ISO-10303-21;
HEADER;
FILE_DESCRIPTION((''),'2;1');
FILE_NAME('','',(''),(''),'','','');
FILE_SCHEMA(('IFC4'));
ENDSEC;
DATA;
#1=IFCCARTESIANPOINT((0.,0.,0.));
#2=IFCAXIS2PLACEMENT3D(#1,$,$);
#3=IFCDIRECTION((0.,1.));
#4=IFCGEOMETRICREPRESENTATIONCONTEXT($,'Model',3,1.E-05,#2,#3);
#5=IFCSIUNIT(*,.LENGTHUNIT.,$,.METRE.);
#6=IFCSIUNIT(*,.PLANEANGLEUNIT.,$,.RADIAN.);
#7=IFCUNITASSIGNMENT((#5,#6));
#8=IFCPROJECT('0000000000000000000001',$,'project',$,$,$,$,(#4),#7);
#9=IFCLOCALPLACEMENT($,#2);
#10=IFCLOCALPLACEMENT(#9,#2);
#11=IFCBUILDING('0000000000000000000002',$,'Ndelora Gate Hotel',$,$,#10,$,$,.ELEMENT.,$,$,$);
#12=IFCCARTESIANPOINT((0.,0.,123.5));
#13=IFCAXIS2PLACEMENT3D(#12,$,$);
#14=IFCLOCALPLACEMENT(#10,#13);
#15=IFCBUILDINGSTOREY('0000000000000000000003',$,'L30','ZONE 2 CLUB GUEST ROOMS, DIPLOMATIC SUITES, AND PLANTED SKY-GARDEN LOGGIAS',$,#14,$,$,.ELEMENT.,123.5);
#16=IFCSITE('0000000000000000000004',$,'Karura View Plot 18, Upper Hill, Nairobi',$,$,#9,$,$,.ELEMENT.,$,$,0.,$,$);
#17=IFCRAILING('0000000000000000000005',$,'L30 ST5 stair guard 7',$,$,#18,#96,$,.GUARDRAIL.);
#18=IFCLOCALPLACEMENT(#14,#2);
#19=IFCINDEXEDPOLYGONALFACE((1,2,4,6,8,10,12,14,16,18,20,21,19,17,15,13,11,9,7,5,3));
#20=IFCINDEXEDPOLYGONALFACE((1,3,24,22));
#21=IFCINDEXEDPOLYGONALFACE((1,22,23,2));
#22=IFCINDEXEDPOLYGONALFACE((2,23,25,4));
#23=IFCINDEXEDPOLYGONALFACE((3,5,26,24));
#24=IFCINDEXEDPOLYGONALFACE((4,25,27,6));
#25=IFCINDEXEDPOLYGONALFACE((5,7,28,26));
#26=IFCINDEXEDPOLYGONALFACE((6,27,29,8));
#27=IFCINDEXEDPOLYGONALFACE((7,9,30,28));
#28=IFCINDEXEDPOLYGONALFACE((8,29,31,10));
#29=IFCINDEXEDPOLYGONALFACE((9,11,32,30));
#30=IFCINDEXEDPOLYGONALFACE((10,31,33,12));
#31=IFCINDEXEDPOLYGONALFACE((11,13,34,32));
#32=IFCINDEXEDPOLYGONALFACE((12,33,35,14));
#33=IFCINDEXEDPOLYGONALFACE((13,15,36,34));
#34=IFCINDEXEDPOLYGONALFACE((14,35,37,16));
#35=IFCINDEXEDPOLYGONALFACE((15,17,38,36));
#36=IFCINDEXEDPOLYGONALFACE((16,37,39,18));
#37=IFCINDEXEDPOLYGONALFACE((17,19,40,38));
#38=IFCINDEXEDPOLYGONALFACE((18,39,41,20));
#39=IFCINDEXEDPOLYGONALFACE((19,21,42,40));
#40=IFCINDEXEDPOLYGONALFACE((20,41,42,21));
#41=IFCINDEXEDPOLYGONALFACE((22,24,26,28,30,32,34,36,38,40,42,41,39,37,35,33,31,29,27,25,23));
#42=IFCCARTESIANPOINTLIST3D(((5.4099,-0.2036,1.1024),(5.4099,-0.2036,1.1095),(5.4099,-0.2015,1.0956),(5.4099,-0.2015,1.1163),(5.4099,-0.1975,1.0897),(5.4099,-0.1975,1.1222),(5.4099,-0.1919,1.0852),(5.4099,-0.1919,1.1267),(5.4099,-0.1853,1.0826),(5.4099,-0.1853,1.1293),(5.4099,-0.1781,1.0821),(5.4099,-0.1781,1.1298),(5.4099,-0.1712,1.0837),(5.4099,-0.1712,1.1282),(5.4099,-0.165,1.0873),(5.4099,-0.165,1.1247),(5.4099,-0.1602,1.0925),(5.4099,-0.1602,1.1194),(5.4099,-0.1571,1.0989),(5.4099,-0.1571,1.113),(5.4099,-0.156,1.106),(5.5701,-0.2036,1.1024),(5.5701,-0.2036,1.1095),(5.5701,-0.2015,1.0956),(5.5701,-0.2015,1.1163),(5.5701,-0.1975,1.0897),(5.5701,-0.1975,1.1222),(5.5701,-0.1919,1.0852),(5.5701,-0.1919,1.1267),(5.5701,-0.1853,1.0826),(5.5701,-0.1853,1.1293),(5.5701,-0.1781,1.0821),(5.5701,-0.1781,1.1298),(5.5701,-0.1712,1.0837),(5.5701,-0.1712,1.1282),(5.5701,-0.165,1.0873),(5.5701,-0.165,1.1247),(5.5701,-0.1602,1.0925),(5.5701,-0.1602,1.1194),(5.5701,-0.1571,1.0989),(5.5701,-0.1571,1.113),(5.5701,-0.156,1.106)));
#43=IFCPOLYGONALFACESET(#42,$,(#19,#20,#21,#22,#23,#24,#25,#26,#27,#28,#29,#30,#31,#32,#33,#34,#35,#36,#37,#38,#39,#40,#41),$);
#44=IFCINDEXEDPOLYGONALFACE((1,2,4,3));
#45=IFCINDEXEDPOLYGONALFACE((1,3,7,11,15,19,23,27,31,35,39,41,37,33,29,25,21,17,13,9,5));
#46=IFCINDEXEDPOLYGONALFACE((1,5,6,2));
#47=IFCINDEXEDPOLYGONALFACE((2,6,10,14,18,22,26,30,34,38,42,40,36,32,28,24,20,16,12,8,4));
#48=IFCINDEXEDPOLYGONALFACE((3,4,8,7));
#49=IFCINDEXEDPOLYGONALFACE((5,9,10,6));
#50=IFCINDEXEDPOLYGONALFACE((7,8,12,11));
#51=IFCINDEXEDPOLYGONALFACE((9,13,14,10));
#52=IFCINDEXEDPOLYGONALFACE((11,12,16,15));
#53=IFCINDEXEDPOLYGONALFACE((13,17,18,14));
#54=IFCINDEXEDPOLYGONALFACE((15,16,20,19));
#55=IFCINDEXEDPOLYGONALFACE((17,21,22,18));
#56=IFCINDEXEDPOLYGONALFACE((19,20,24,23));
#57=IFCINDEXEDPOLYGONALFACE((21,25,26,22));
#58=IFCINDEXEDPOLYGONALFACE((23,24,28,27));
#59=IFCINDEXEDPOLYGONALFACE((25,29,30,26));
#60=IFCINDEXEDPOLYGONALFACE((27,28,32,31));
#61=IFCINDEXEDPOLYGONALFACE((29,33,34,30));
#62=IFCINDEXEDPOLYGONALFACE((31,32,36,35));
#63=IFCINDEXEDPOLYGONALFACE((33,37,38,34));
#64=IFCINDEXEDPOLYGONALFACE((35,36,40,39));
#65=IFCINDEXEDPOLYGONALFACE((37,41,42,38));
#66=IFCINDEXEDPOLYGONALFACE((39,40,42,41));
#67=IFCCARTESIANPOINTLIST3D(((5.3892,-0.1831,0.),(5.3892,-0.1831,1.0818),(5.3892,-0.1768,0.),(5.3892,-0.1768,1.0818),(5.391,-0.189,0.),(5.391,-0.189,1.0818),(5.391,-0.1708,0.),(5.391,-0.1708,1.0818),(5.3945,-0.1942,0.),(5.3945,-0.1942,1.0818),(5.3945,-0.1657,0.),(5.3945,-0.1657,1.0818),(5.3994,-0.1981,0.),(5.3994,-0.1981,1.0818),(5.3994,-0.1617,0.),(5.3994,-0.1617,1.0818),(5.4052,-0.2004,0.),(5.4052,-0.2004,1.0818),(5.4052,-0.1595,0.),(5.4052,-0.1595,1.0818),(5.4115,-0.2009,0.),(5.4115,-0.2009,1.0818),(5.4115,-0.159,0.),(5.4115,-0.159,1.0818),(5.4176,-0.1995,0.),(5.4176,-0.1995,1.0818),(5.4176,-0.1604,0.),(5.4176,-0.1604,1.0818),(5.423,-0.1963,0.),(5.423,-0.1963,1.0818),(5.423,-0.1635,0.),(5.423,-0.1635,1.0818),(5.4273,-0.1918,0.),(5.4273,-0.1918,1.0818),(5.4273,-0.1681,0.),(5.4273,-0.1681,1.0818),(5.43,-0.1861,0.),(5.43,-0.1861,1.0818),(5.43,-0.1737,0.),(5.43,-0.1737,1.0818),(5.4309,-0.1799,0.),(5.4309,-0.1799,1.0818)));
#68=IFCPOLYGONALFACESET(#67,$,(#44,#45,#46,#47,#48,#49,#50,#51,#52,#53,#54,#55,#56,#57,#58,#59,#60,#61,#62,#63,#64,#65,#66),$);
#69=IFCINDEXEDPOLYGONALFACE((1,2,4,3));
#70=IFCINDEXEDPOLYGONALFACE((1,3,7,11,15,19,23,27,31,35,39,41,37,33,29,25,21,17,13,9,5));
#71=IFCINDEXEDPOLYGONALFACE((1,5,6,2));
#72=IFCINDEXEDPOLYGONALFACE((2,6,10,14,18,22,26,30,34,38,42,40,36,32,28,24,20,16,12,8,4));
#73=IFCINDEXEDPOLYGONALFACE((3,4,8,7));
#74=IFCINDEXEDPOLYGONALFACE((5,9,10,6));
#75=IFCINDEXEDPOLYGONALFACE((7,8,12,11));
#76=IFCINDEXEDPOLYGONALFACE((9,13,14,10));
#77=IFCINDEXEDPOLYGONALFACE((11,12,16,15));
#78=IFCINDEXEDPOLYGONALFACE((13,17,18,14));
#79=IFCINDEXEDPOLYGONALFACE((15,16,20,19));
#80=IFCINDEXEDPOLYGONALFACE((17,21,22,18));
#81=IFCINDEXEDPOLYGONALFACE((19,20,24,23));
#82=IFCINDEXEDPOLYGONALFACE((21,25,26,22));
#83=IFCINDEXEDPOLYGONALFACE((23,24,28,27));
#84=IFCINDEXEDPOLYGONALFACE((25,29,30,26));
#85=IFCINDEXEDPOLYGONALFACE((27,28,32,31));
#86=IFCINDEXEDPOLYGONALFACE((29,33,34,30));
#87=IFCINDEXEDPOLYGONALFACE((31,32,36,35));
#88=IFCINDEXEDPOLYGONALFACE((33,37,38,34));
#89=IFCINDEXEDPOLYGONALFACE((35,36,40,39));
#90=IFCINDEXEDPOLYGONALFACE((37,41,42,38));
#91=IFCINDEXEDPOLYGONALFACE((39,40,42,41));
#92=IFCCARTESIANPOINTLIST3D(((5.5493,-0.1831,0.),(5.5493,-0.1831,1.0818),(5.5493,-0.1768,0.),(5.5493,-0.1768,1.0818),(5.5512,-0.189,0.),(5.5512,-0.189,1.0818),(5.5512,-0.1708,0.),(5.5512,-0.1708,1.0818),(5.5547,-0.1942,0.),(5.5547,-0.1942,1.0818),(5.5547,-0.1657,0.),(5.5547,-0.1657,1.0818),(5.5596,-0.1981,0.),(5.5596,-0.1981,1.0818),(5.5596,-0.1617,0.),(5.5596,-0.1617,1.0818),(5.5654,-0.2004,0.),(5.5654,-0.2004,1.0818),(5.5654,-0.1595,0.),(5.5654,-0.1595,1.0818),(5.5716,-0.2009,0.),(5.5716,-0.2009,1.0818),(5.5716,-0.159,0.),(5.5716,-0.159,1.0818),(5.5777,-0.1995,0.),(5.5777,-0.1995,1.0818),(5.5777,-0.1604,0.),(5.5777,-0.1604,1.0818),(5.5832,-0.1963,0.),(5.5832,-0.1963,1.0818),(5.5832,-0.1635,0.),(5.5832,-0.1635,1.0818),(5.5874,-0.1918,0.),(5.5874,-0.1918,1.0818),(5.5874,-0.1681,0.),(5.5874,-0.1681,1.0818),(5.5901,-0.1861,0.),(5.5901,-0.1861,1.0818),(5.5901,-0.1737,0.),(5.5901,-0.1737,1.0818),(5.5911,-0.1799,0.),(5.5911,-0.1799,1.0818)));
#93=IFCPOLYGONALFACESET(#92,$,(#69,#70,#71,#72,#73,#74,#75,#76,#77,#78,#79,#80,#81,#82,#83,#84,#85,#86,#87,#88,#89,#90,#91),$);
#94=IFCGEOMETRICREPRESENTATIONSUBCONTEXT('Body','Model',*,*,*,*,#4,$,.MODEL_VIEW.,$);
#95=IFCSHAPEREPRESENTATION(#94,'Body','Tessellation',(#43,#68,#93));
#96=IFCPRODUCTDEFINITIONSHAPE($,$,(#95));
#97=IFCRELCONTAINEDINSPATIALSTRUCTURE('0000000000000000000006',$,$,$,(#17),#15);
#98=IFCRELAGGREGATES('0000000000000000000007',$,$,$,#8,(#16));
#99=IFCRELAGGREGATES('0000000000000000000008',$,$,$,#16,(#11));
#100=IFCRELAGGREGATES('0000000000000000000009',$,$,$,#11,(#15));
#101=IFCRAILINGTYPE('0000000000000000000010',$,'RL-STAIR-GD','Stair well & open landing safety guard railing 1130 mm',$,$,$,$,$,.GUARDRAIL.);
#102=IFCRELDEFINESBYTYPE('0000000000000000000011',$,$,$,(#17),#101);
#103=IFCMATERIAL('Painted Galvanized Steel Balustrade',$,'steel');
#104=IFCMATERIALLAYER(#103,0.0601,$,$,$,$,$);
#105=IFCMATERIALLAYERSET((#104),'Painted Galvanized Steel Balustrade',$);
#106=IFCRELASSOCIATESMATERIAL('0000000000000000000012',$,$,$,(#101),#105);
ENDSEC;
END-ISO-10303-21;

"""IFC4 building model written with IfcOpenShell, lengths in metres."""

from ifc_helpers import new_model, si_unit, direction, frame, origin, origin_2d, place, context, subcontext, project, spatial, circle, extrude, material, layer, layer_set, type_object, element, save


model = new_model("IFC4")

# Units and contexts
model_context = context("Model", 3, precision=1e-05, world=origin(), true_north=direction((0.0, 1.0)))
body_context = subcontext(model_context, "Body", "Model", "MODEL_VIEW")
ifc_project = project(units=[si_unit("LENGTHUNIT", "METRE"), si_unit("PLANEANGLEUNIT", "RADIAN")], contexts=[model_context])

# Site, building, storey
site_placement = place(None, origin())
site = spatial("IfcSite", under=ifc_project, at=site_placement, Name="Karura View Plot 18, Upper Hill, Nairobi", CompositionType="ELEMENT", RefElevation=0.0)
building_placement = place(site_placement, origin())
building = spatial("IfcBuilding", under=site, at=building_placement, Name="Ndelora Gate Hotel", CompositionType="ELEMENT")
storey_placement = place(building_placement, frame((0.0, 0.0, 123.5)))
storey = spatial("IfcBuildingStorey", under=building, at=storey_placement, Name="L30", Description="ZONE 2 CLUB GUEST ROOMS, DIPLOMATIC SUITES, AND PLANTED SKY-GARDEN LOGGIAS", CompositionType="ELEMENT", Elevation=123.5)

# Railing
ifc_material_1 = material(Name="Painted Galvanized Steel Balustrade", Category="steel")
ifc_layer_1 = layer(ifc_material_1, 0.0601)
ifc_layer_set_1 = layer_set([ifc_layer_1], Name="Painted Galvanized Steel Balustrade")
railing_type_1 = type_object("IfcRailingType", Name="RL-STAIR-GD", Description="Stair well & open landing safety guard railing 1130 mm", PredefinedType="GUARDRAIL", material=ifc_layer_set_1)
railing_1_placement = place(storey_placement, frame((5.4099, -0.1799, 0.0)))
element("IfcRailing", 1, at=railing_1_placement, inside=storey, type_object=railing_type_1, Name="L30 ST5 stair guard 7", PredefinedType="GUARDRAIL", context=body_context, shape_type="SweptSolid", body=[
    extrude(circle(Radius=0.0239, at=origin_2d()), frame((0.0, 0.0, 1.106), z_axis=(1.0, 0.0, 0.0), x_axis=(0.0, 1.0, 0.0)), (0.0, 0.0, 1.0), 0.1602),
    extrude(circle(Radius=0.021, at=origin_2d()), origin(), (0.0, 0.0, 1.0), 1.0818),
    extrude(circle(Radius=0.021, at=origin_2d()), frame((0.1602, 0.0, 0.0)), (0.0, 0.0, 1.0), 1.0818),
])

save(model, "model.ifc")
